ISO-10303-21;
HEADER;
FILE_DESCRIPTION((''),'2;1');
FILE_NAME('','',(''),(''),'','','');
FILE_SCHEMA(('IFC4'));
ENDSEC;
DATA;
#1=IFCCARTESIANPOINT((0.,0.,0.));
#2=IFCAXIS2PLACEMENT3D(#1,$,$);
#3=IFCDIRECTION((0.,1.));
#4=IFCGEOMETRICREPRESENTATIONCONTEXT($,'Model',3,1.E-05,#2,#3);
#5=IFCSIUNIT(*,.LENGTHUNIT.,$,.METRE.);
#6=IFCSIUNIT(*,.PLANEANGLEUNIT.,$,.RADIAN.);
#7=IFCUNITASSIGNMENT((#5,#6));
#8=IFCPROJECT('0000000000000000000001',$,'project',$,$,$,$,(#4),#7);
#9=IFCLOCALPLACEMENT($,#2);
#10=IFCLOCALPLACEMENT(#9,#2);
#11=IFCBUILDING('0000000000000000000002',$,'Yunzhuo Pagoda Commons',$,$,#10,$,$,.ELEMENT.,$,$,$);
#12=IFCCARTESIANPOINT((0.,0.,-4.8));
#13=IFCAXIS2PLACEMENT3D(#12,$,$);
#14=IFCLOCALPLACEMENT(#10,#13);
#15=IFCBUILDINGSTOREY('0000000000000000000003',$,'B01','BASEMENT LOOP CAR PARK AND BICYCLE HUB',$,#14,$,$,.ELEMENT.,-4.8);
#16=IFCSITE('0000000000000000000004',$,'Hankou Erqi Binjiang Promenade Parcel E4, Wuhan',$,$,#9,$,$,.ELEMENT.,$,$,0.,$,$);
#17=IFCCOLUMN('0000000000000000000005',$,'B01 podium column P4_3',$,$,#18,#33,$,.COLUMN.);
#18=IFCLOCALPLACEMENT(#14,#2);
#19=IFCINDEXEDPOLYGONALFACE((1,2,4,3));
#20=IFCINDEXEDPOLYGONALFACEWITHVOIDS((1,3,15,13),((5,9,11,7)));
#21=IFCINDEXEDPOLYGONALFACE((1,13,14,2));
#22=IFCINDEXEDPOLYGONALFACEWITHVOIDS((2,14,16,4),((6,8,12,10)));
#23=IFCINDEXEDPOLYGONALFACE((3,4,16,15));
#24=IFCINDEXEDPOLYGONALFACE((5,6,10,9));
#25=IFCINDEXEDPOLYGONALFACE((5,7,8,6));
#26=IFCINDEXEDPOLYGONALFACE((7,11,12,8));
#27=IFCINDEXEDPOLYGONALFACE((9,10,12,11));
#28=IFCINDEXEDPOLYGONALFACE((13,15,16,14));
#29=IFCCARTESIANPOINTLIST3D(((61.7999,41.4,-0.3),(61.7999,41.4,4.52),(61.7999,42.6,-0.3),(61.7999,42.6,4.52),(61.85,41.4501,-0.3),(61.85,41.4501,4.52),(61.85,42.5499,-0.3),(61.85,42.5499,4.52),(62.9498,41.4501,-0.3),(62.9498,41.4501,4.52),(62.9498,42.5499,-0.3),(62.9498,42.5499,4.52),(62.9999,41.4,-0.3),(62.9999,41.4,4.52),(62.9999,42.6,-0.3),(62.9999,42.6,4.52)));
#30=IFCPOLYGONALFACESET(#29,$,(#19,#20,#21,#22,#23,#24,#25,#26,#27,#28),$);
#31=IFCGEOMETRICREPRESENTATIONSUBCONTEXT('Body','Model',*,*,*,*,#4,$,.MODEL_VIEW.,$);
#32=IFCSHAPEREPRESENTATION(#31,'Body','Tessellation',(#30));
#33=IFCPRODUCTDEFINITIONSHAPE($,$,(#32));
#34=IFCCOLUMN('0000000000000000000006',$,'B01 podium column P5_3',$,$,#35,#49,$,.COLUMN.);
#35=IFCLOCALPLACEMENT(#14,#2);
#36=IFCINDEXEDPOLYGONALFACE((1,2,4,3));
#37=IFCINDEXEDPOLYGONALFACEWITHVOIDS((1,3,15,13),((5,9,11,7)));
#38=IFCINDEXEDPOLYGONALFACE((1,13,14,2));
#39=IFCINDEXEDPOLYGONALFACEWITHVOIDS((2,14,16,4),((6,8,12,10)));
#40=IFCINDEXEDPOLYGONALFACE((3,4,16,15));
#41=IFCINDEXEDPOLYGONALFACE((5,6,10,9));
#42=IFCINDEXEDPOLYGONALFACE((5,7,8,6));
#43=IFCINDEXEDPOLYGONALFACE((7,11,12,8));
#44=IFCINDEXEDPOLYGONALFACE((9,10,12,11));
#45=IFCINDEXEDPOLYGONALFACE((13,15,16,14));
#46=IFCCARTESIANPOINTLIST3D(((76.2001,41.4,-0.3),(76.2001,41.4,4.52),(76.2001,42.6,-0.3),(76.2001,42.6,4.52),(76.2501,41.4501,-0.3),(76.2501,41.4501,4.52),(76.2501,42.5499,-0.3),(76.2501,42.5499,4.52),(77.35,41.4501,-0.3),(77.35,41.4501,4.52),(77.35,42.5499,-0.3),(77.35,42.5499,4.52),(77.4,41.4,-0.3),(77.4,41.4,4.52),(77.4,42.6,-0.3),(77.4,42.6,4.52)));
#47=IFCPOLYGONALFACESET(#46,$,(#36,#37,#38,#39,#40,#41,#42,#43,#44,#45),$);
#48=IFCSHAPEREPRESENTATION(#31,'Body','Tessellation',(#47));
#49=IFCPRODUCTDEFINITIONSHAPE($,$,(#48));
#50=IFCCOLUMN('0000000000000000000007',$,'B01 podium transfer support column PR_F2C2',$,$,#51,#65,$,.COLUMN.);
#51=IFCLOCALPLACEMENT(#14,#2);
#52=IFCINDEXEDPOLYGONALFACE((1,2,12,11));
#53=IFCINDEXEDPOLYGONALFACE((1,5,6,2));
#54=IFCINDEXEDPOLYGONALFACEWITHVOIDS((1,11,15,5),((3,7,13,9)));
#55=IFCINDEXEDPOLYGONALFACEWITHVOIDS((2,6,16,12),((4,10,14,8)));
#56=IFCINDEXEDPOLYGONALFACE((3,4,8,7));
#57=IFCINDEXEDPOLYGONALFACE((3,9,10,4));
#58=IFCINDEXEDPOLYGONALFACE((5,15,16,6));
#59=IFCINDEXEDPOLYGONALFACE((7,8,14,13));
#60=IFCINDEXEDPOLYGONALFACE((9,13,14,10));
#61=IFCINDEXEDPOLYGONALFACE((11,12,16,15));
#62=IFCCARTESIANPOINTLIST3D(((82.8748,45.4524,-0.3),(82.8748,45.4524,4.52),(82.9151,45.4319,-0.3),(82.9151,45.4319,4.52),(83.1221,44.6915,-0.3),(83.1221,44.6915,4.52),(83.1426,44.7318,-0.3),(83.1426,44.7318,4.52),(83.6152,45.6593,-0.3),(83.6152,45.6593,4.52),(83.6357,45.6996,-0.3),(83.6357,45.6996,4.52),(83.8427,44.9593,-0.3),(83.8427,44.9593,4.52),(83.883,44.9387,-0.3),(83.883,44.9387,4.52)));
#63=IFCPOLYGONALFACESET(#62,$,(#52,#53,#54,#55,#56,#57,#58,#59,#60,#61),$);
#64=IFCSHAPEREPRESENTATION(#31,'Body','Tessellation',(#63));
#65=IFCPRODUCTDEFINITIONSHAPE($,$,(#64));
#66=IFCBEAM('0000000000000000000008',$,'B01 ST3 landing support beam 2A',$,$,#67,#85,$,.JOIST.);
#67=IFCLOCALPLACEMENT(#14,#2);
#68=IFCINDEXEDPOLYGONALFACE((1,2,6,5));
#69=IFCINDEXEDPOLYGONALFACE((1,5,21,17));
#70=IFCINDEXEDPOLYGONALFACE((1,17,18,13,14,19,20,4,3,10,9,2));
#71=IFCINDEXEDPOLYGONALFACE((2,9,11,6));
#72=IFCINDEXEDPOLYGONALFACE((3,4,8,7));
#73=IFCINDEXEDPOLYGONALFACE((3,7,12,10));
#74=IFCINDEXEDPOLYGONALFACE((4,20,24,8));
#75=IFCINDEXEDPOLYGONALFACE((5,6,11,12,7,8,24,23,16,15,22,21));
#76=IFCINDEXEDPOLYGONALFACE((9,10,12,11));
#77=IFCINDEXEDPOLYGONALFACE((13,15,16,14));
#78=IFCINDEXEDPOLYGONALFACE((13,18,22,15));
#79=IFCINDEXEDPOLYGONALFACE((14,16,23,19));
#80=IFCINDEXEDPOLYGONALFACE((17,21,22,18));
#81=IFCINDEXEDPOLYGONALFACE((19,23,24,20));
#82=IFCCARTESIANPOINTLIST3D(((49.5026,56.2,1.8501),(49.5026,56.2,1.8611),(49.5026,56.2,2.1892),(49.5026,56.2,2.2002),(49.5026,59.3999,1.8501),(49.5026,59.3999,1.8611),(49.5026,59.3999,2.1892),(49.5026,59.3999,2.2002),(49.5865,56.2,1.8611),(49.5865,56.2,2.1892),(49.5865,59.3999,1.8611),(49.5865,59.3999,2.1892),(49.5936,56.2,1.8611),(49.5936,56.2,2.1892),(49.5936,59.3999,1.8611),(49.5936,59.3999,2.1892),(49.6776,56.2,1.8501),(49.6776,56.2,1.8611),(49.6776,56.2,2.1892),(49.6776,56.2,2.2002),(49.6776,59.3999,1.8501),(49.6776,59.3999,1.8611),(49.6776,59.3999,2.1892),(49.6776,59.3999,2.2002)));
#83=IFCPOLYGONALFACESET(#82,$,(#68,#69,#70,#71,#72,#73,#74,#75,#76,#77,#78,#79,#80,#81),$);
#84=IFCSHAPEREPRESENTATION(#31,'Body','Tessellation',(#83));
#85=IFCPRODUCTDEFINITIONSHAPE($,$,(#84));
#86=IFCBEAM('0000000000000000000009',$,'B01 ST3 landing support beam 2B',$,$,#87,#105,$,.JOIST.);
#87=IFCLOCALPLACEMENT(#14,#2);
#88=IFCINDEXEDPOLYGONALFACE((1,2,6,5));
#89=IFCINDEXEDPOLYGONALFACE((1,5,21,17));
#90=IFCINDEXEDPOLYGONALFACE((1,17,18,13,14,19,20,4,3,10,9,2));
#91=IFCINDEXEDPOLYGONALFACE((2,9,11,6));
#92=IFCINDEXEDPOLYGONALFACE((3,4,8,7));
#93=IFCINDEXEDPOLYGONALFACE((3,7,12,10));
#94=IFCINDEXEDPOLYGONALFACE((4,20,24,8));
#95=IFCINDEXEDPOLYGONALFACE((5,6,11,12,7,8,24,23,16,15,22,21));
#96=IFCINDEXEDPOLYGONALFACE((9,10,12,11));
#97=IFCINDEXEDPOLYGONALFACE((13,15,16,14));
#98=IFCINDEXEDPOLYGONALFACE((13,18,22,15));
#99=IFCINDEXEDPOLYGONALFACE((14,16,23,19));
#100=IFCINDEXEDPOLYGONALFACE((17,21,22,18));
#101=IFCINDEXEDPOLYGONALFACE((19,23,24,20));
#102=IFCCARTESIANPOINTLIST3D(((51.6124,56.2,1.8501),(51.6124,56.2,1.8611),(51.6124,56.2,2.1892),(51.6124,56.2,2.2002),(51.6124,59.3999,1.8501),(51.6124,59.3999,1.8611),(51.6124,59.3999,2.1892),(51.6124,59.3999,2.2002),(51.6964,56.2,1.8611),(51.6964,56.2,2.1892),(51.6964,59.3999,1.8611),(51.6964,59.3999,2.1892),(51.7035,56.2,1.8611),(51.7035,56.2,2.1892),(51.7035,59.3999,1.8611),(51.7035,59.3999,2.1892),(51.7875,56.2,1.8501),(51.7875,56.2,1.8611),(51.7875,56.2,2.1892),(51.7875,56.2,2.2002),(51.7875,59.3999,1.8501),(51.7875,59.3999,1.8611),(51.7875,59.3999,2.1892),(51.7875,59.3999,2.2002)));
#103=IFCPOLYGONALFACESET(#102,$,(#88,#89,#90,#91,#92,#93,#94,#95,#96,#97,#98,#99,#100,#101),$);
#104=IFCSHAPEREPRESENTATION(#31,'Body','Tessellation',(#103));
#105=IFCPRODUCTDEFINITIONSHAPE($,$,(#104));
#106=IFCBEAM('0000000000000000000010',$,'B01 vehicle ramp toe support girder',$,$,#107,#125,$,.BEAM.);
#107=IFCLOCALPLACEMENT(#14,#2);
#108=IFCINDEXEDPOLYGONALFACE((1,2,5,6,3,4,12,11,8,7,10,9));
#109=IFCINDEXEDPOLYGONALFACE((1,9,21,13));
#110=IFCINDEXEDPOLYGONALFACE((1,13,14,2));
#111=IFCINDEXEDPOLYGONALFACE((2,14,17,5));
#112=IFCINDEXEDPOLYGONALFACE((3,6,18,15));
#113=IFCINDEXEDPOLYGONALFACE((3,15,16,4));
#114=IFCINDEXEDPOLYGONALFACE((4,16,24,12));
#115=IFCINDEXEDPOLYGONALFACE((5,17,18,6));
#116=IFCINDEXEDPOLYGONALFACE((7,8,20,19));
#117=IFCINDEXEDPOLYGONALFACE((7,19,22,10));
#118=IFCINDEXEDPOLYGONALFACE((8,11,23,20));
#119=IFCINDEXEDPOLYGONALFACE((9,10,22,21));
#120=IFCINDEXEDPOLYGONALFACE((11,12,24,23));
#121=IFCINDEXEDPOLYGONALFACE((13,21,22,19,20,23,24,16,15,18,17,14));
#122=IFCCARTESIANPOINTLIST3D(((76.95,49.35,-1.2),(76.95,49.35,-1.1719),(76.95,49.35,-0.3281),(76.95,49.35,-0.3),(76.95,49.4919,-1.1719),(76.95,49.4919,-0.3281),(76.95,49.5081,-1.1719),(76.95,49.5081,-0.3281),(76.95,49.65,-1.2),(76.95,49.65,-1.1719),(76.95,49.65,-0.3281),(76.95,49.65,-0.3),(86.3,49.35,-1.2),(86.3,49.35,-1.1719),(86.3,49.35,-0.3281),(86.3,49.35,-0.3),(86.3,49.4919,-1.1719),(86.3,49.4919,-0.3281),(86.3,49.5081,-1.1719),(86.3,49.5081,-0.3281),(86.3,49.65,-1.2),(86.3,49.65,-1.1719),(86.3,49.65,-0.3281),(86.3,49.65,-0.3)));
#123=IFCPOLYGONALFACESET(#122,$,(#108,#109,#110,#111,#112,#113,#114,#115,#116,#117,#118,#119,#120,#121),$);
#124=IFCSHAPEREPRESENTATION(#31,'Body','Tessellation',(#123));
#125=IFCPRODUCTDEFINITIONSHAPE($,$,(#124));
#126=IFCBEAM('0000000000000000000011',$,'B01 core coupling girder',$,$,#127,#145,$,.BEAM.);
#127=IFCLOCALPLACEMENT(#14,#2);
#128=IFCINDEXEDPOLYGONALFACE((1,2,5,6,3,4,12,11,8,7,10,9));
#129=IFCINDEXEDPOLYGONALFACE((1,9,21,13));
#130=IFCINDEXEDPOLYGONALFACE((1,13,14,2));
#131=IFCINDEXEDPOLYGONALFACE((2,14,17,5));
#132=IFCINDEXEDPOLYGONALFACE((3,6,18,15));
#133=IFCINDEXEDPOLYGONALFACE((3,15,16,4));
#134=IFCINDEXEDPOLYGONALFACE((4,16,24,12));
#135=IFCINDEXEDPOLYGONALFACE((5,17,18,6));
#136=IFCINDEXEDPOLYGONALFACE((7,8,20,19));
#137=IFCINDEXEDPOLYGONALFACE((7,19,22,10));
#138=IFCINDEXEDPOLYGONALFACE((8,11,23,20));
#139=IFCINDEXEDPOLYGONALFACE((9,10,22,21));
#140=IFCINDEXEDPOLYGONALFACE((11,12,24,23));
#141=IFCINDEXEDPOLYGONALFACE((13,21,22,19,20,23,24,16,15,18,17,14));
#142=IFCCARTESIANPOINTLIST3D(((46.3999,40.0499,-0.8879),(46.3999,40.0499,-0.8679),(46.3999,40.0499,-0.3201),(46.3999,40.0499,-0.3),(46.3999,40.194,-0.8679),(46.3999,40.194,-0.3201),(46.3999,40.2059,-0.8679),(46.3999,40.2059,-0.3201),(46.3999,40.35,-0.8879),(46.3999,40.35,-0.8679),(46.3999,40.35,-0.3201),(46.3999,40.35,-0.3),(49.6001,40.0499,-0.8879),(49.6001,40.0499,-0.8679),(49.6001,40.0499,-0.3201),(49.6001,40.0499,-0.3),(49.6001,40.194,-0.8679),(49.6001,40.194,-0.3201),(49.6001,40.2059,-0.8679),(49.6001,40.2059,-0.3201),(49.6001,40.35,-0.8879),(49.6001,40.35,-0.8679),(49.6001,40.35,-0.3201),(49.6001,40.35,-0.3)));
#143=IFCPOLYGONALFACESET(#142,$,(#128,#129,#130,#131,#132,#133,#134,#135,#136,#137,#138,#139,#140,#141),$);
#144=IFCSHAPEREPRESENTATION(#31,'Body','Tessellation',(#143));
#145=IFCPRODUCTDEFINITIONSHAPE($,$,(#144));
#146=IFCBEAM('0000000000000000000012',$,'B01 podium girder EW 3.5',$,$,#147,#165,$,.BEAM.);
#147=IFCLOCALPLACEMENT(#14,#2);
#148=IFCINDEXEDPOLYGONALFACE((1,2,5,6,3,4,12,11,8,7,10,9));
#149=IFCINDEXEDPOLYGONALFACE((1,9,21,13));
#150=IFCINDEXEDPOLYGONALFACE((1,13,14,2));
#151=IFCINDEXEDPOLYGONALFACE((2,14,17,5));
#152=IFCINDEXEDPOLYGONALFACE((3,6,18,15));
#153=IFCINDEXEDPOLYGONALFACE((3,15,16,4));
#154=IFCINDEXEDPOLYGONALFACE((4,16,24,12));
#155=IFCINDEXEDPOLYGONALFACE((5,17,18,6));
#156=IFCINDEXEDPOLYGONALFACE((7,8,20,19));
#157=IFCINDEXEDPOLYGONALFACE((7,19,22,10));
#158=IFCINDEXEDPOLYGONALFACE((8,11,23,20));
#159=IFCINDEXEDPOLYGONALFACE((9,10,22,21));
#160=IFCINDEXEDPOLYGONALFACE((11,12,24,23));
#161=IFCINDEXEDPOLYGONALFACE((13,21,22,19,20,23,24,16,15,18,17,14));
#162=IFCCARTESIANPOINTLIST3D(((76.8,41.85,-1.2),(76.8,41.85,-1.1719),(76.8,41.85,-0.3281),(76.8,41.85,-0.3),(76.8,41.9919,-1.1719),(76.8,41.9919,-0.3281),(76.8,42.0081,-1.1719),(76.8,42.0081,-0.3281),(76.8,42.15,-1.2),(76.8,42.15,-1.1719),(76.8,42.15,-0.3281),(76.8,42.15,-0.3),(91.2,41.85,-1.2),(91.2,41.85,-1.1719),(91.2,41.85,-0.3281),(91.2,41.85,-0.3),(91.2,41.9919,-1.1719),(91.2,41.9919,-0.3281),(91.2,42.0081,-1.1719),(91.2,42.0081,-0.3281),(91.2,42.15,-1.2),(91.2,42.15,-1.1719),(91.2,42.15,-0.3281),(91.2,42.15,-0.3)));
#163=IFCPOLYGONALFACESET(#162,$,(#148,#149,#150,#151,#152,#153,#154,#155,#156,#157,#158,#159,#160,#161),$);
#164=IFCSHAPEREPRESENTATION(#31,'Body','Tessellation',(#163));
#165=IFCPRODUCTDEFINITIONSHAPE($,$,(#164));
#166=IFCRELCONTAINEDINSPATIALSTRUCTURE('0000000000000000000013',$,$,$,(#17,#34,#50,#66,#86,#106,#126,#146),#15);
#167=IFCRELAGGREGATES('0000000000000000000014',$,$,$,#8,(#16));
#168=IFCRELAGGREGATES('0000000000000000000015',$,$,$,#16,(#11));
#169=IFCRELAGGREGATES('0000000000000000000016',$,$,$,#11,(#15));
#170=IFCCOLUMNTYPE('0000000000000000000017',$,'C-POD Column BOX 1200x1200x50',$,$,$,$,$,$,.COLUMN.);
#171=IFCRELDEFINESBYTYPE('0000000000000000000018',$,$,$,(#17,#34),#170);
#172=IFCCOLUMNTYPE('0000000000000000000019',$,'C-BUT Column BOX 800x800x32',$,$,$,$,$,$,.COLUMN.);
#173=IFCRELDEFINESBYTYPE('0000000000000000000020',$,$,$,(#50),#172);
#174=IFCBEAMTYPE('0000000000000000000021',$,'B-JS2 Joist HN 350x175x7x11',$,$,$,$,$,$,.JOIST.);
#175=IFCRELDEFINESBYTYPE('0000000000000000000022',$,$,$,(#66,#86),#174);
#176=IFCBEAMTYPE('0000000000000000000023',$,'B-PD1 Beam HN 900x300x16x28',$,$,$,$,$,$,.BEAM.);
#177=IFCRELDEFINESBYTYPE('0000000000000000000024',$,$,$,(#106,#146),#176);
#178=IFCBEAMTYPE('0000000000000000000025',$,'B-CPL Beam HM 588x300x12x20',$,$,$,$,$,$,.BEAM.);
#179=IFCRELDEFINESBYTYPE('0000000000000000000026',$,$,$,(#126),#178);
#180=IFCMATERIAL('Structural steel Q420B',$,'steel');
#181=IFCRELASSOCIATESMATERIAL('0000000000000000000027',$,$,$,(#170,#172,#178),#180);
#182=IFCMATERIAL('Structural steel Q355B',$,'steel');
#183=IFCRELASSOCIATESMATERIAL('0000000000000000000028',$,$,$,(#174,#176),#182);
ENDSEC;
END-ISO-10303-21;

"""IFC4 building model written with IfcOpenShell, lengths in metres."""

from ifc_helpers import new_model, si_unit, direction, frame, origin, origin_2d, place, context, subcontext, project, spatial, hollow_rectangle, i_section, extrude, source, transform, mapped, material, material_profile, profile_set, type_object, element, save


model = new_model("IFC4")

# Units and contexts
model_context = context("Model", 3, precision=1e-05, world=origin(), true_north=direction((0.0, 1.0)))
body_context = subcontext(model_context, "Body", "Model", "MODEL_VIEW")
ifc_project = project(units=[si_unit("LENGTHUNIT", "METRE"), si_unit("PLANEANGLEUNIT", "RADIAN")], contexts=[model_context])

# Site, building, storey
site_placement = place(None, origin())
site = spatial("IfcSite", under=ifc_project, at=site_placement, Name="Hankou Erqi Binjiang Promenade Parcel E4, Wuhan", CompositionType="ELEMENT", RefElevation=0.0)
building_placement = place(site_placement, origin())
building = spatial("IfcBuilding", under=site, at=building_placement, Name="Yunzhuo Pagoda Commons", CompositionType="ELEMENT")
storey_placement = place(building_placement, frame((0.0, 0.0, -4.8)))
storey = spatial("IfcBuildingStorey", under=building, at=storey_placement, Name="B01", Description="BASEMENT LOOP CAR PARK AND BICYCLE HUB", CompositionType="ELEMENT", Elevation=-4.8)

# Columns
ifc_material_1 = material(Name="Structural steel Q420B", Category="steel")
ifc_material_profile_1 = material_profile(ifc_material_1, hollow_rectangle(XDim=1.2, YDim=1.2, WallThickness=0.05, at=origin_2d()), Name="Structural steel Q420B")
ifc_profile_set_1 = profile_set([ifc_material_profile_1], Name="Structural steel Q420B")
column_type_1 = type_object("IfcColumnType", Name="C-POD Column BOX 1200x1200x50", PredefinedType="COLUMN", material=ifc_profile_set_1)
shared_shape_1 = source(origin(), body_context, "Body", "SweptSolid", [
    extrude(hollow_rectangle(XDim=1.2, YDim=1.2, WallThickness=0.05, at=origin_2d()), origin(), (0.0, 0.0, 1.0), 4.8201),
])
for number, where, z_axis, x_axis, name in (
    (1, (62.3999, 42.0, -0.3), (0.0, 0.0, 1.0), (1.0, 0.0, 0.0), "B01 podium column P4_3"),
    (2, (76.8, 42.0, -0.3), (0.0, 0.0, 1.0), (1.0, 0.0, 0.0), "B01 podium column P5_3"),
):
    element("IfcColumn", number, at=place(storey_placement, frame(where, z_axis=z_axis, x_axis=x_axis)), inside=storey, type_object=column_type_1, Name=name, PredefinedType="COLUMN", context=body_context, shape_type="MappedRepresentation", body=[
        mapped(shared_shape_1, transform((0.0, 0.0, 0.0), scale=1.0)),
    ])
ifc_material_profile_2 = material_profile(ifc_material_1, hollow_rectangle(XDim=0.8, YDim=0.8, WallThickness=0.032, at=origin_2d()), Name="Structural steel Q420B")
ifc_profile_set_2 = profile_set([ifc_material_profile_2], Name="Structural steel Q420B")
column_type_2 = type_object("IfcColumnType", Name="C-BUT Column BOX 800x800x32", PredefinedType="COLUMN", material=ifc_profile_set_2)
shared_shape_2 = source(origin(), body_context, "Body", "SweptSolid", [
    extrude(hollow_rectangle(XDim=0.8, YDim=0.8, WallThickness=0.032, at=origin_2d()), origin(), (0.0, 0.0, 1.0), 4.8201),
])
column_placement = place(storey_placement, frame((83.3789, 45.1956, -0.3), z_axis=(0.0, 0.0, 1.0), x_axis=(-0.309017, 0.951057, 0.0)))
element("IfcColumn", 3, at=column_placement, inside=storey, type_object=column_type_2, Name="B01 podium transfer support column PR_F2C2", PredefinedType="COLUMN", context=body_context, shape_type="MappedRepresentation", body=[
    mapped(shared_shape_2, transform((0.0, 0.0, 0.0), scale=1.0)),
])

# Beams
ifc_material_2 = material(Name="Structural steel Q355B", Category="steel")
ifc_material_profile_3 = material_profile(ifc_material_2, i_section(OverallWidth=0.175, OverallDepth=0.3501, WebThickness=0.0071, FlangeThickness=0.011, at=origin_2d()), Name="Structural steel Q355B")
ifc_profile_set_3 = profile_set([ifc_material_profile_3], Name="Structural steel Q355B")
beam_type_1 = type_object("IfcBeamType", Name="B-JS2 Joist HN 350x175x7x11", PredefinedType="JOIST", material=ifc_profile_set_3)
shared_shape_3 = source(origin(), body_context, "Body", "SweptSolid", [
    extrude(i_section(OverallWidth=0.175, OverallDepth=0.3501, WebThickness=0.0071, FlangeThickness=0.011, at=origin_2d()), origin(), (0.0, 0.0, 1.0), 3.2),
])
for number, where, z_axis, x_axis, name in (
    (4, (49.5901, 56.2, 2.0251), (0.0, 1.0, 0.0), (-1.0, 0.0, 0.0), "B01 ST3 landing support beam 2A"),
    (5, (51.7, 56.2, 2.0251), (0.0, 1.0, 0.0), (-1.0, 0.0, 0.0), "B01 ST3 landing support beam 2B"),
):
    element("IfcBeam", number, at=place(storey_placement, frame(where, z_axis=z_axis, x_axis=x_axis)), inside=storey, type_object=beam_type_1, Name=name, PredefinedType="JOIST", context=body_context, shape_type="MappedRepresentation", body=[
        mapped(shared_shape_3, transform((0.0, 0.0, 0.0), scale=1.0)),
    ])
ifc_material_profile_4 = material_profile(ifc_material_2, i_section(OverallWidth=0.3, OverallDepth=0.8999, WebThickness=0.0161, FlangeThickness=0.0281, at=origin_2d()), Name="Structural steel Q355B")
ifc_profile_set_4 = profile_set([ifc_material_profile_4], Name="Structural steel Q355B")
beam_type_2 = type_object("IfcBeamType", Name="B-PD1 Beam HN 900x300x16x28", PredefinedType="BEAM", material=ifc_profile_set_4)
shared_shape_4 = source(origin(), body_context, "Body", "SweptSolid", [
    extrude(i_section(OverallWidth=0.3, OverallDepth=0.8999, WebThickness=0.0161, FlangeThickness=0.0281, at=origin_2d()), origin(), (0.0, 0.0, 1.0), 9.3501),
])
beam_1_placement = place(storey_placement, frame((76.95, 49.5, -0.75), z_axis=(1.0, 0.0, 0.0), x_axis=(0.0, 1.0, 0.0)))
element("IfcBeam", 6, at=beam_1_placement, inside=storey, type_object=beam_type_2, Name="B01 vehicle ramp toe support girder", PredefinedType="BEAM", context=body_context, shape_type="MappedRepresentation", body=[
    mapped(shared_shape_4, transform((0.0, 0.0, 0.0), scale=1.0)),
])
ifc_material_profile_5 = material_profile(ifc_material_1, i_section(OverallWidth=0.3, OverallDepth=0.5879, WebThickness=0.012, FlangeThickness=0.02, at=origin_2d()), Name="Structural steel Q420B")
ifc_profile_set_5 = profile_set([ifc_material_profile_5], Name="Structural steel Q420B")
beam_type_3 = type_object("IfcBeamType", Name="B-CPL Beam HM 588x300x12x20", PredefinedType="BEAM", material=ifc_profile_set_5)
shared_shape_5 = source(origin(), body_context, "Body", "SweptSolid", [
    extrude(i_section(OverallWidth=0.3, OverallDepth=0.5879, WebThickness=0.012, FlangeThickness=0.02, at=origin_2d()), origin(), (0.0, 0.0, 1.0), 3.2002),
])
beam_2_placement = place(storey_placement, frame((46.3999, 40.2, -0.594), z_axis=(1.0, 0.0, 0.0), x_axis=(0.0, 1.0, 0.0)))
element("IfcBeam", 7, at=beam_2_placement, inside=storey, type_object=beam_type_3, Name="B01 core coupling girder", PredefinedType="BEAM", context=body_context, shape_type="MappedRepresentation", body=[
    mapped(shared_shape_5, transform((0.0, 0.0, 0.0), scale=1.0)),
])
shared_shape_6 = source(origin(), body_context, "Body", "SweptSolid", [
    extrude(i_section(OverallWidth=0.3, OverallDepth=0.8999, WebThickness=0.0161, FlangeThickness=0.0281, at=origin_2d()), origin(), (0.0, 0.0, 1.0), 14.3999),
])
beam_3_placement = place(storey_placement, frame((76.8, 42.0, -0.75), z_axis=(1.0, 0.0, 0.0), x_axis=(0.0, 1.0, 0.0)))
element("IfcBeam", 8, at=beam_3_placement, inside=storey, type_object=beam_type_2, Name="B01 podium girder EW 3.5", PredefinedType="BEAM", context=body_context, shape_type="MappedRepresentation", body=[
    mapped(shared_shape_6, transform((0.0, 0.0, 0.0), scale=1.0)),
])

save(model, "model.ifc")
